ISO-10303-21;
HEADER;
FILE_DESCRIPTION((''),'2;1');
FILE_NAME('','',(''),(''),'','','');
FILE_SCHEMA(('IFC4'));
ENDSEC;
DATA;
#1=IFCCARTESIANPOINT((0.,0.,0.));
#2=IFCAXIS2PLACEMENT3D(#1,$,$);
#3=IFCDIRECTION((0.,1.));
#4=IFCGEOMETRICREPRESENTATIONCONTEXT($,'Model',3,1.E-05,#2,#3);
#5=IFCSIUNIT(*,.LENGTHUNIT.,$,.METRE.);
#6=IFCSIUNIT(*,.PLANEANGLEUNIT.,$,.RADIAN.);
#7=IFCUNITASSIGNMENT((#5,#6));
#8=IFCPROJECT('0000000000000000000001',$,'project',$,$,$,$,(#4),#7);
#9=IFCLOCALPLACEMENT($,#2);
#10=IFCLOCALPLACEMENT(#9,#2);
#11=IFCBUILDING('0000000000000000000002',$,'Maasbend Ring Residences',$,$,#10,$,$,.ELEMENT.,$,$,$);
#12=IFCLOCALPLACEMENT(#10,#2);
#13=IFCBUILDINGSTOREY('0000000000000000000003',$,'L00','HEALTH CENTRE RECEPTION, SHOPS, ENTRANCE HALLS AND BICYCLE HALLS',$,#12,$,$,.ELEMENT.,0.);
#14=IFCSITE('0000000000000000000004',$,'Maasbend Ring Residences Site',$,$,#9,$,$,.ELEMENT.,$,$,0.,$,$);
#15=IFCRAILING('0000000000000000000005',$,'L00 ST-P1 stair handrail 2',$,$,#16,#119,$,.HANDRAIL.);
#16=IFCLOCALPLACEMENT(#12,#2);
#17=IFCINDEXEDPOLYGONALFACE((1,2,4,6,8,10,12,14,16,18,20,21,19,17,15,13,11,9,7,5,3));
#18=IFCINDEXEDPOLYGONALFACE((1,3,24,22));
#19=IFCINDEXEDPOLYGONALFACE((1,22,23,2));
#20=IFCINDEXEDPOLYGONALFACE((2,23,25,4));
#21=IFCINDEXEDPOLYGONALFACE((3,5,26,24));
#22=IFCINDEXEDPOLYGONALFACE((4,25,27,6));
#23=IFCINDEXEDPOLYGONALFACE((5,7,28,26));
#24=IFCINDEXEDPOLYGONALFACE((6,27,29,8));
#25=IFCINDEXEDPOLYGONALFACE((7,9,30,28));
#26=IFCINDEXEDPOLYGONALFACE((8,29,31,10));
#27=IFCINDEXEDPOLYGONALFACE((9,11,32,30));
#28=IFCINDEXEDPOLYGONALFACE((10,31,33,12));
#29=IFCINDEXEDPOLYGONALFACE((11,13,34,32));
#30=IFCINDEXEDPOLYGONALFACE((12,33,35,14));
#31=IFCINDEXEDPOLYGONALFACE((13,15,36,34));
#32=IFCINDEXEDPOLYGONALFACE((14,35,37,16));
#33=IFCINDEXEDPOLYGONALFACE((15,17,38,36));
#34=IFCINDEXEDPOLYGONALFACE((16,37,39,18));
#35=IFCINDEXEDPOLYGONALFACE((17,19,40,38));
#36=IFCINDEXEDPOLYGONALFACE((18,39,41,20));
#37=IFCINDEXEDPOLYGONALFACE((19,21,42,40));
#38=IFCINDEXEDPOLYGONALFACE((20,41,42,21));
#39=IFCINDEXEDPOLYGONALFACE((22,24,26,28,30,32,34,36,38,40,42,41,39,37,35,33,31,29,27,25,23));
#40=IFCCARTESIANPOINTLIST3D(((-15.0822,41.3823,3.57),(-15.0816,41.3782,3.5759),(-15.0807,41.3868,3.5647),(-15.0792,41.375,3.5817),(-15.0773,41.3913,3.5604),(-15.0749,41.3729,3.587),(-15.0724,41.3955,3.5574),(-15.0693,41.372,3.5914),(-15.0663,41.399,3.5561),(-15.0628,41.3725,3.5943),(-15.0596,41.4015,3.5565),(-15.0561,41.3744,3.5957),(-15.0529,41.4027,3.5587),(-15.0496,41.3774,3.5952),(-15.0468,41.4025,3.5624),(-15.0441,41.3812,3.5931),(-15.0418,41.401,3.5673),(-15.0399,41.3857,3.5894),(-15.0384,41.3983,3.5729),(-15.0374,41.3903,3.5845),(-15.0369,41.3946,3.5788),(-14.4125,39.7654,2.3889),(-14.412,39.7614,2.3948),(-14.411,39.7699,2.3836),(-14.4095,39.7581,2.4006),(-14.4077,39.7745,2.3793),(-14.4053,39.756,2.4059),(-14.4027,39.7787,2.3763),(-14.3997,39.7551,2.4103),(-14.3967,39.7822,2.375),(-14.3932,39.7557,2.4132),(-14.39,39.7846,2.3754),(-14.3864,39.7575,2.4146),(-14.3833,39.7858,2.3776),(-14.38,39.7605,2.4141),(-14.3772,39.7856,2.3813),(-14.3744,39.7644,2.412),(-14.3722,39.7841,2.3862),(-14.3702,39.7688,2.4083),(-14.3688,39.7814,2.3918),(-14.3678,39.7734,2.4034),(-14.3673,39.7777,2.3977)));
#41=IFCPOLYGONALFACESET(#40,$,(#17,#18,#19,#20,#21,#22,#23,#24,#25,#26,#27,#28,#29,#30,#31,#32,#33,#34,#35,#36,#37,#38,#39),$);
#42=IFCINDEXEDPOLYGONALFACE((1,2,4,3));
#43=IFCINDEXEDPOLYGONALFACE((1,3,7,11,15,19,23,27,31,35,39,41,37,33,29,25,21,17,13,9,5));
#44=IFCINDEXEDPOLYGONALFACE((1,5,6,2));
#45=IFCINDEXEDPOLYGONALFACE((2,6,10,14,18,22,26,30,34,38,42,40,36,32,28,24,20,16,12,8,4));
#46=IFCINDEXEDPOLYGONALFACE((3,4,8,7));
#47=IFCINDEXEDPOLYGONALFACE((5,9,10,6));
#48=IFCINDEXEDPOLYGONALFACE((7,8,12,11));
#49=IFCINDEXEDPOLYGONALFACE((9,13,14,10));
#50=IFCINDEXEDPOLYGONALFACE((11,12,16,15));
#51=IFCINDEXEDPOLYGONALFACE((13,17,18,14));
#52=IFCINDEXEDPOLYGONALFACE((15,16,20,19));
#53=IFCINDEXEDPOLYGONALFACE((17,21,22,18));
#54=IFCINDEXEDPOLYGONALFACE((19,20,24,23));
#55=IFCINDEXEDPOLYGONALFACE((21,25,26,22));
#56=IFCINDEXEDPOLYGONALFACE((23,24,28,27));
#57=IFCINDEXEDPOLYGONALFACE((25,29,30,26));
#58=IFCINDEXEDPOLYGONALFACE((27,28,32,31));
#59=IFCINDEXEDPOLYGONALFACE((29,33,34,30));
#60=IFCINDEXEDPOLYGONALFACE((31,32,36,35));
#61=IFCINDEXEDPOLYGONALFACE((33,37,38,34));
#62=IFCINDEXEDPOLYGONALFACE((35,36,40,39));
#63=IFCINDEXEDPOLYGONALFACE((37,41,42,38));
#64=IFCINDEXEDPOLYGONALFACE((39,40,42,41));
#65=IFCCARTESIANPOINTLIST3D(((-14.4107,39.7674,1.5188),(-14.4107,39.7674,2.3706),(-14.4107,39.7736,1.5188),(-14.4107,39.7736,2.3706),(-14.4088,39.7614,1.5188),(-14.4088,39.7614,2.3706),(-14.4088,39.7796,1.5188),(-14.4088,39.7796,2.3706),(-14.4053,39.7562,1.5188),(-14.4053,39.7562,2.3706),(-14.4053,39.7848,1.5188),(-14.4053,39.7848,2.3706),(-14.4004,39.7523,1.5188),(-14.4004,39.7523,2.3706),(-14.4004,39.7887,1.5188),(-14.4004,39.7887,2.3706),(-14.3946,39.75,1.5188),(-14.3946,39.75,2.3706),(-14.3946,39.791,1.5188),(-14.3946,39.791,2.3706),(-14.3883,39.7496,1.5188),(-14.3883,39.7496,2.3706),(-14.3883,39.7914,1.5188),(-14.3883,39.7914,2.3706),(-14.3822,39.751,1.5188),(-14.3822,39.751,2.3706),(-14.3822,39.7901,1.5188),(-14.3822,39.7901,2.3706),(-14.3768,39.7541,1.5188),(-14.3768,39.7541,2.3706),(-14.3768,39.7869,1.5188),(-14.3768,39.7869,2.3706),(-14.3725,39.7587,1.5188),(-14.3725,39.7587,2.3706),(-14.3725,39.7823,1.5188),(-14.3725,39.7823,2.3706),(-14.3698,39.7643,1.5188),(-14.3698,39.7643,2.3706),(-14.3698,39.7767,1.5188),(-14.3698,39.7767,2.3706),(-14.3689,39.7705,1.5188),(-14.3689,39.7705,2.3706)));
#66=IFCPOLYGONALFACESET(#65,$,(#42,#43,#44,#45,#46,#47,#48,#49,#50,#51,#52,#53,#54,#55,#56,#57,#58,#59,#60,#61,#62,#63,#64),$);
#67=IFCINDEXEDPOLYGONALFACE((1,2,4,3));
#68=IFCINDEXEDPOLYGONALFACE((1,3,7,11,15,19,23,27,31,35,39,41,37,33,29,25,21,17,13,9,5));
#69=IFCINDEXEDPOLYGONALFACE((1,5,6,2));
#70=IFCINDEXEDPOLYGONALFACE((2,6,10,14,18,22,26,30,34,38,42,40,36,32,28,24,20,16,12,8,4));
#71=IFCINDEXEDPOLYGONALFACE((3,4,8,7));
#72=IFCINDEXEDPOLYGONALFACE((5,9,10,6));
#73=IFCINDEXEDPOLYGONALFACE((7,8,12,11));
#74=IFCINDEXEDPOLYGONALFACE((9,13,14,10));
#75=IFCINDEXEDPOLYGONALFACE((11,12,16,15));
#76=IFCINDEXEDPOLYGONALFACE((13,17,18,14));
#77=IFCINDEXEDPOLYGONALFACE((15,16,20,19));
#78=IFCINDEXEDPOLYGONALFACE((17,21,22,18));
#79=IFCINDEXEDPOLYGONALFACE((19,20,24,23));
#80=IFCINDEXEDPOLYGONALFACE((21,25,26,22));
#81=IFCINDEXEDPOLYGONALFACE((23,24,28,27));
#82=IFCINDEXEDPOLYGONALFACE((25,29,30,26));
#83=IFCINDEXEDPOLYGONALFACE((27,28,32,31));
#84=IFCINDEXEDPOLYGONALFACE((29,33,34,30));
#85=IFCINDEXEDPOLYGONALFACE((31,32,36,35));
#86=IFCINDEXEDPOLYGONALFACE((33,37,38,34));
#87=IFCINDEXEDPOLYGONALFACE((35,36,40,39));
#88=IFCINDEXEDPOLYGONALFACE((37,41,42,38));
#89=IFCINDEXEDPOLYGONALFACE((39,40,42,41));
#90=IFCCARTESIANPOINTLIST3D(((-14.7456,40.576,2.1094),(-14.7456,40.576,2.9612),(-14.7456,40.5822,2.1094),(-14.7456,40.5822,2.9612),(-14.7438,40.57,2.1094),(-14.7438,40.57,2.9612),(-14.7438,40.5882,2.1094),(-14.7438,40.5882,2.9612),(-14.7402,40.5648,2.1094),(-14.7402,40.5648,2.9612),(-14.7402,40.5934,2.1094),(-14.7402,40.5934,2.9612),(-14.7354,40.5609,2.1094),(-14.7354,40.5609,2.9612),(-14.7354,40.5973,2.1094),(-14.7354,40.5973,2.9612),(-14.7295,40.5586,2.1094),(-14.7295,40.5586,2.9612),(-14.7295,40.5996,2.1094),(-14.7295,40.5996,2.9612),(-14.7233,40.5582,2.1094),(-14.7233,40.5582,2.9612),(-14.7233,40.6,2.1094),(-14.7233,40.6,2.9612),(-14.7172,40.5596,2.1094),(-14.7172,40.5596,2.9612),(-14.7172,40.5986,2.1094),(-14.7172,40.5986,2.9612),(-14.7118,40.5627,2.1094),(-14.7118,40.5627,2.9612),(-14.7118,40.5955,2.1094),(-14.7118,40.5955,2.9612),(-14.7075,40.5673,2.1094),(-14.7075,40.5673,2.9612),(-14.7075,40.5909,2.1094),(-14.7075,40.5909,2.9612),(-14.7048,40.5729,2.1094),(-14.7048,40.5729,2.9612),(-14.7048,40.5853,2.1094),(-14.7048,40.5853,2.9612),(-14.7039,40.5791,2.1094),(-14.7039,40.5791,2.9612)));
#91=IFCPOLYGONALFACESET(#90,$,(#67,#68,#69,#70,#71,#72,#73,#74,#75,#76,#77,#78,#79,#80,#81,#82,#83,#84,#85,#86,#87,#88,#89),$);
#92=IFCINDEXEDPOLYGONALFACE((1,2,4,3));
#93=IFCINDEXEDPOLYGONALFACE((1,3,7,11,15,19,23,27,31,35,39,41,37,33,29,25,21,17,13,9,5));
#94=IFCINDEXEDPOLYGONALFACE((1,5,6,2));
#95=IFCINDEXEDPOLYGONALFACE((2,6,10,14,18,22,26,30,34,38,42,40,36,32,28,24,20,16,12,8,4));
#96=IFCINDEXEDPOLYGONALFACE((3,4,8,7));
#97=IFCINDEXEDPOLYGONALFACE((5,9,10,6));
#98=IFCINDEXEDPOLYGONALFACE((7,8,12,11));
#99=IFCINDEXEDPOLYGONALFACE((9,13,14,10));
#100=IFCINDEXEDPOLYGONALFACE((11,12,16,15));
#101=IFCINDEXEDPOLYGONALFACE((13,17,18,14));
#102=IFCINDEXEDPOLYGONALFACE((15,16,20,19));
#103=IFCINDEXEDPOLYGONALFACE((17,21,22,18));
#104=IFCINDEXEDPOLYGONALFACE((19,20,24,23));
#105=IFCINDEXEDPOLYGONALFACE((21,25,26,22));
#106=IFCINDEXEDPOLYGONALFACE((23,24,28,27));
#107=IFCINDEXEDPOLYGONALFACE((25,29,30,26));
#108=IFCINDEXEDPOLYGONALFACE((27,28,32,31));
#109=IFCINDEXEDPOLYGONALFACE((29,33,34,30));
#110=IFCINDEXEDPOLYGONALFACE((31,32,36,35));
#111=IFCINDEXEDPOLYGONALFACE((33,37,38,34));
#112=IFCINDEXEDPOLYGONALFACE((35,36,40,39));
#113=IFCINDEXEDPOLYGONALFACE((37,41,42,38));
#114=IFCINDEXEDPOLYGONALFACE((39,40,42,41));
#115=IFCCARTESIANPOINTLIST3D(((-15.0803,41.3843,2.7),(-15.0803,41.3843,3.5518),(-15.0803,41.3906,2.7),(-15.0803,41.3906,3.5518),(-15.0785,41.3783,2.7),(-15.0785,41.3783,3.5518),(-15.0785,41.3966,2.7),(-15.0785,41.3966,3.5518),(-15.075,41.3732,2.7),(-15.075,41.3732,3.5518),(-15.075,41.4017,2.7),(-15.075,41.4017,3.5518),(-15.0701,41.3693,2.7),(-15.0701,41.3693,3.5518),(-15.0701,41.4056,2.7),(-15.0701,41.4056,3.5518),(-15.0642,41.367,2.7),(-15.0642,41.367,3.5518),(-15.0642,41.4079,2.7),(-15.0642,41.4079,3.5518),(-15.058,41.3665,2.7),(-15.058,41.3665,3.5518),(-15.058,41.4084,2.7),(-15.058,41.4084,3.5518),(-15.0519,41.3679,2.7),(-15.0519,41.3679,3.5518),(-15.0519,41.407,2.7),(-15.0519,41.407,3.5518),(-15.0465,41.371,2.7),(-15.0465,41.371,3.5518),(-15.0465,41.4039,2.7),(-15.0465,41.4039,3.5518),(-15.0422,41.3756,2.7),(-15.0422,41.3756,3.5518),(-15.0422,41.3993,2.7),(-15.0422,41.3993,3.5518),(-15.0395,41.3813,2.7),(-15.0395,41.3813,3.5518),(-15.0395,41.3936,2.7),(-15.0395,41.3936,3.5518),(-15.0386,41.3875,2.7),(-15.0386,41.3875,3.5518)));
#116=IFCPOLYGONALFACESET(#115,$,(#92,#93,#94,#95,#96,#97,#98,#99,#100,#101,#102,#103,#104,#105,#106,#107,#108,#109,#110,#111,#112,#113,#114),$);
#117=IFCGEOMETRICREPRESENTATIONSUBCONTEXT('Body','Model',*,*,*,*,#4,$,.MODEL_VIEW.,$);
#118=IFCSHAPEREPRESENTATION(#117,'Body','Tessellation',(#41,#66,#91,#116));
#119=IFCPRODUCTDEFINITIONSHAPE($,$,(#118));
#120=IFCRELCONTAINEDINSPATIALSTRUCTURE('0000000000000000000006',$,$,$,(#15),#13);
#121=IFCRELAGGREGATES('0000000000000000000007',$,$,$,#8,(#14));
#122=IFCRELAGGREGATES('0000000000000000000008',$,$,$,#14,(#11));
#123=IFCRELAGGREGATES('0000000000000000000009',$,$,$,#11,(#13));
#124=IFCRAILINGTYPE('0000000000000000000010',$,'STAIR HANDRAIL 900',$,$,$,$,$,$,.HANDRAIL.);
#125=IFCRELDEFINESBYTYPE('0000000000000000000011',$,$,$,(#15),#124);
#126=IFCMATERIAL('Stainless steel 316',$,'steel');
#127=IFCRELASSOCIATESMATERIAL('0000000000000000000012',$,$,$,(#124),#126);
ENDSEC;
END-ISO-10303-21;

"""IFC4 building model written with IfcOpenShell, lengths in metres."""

from ifc_helpers import new_model, si_unit, direction, frame, origin, origin_2d, place, context, subcontext, project, spatial, circle, extrude, material, type_object, element, save


model = new_model("IFC4")

# Units and contexts
model_context = context("Model", 3, precision=1e-05, world=origin(), true_north=direction((0.0, 1.0)))
body_context = subcontext(model_context, "Body", "Model", "MODEL_VIEW")
ifc_project = project(units=[si_unit("LENGTHUNIT", "METRE"), si_unit("PLANEANGLEUNIT", "RADIAN")], contexts=[model_context])

# Site, building, storey
site_placement = place(None, origin())
site = spatial("IfcSite", under=ifc_project, at=site_placement, Name="Maasbend Ring Residences Site", CompositionType="ELEMENT", RefElevation=0.0)
building_placement = place(site_placement, origin())
building = spatial("IfcBuilding", under=site, at=building_placement, Name="Maasbend Ring Residences", CompositionType="ELEMENT")
storey_placement = place(building_placement, origin())
storey = spatial("IfcBuildingStorey", under=building, at=storey_placement, Name="L00", Description="HEALTH CENTRE RECEPTION, SHOPS, ENTRANCE HALLS AND BICYCLE HALLS", CompositionType="ELEMENT", Elevation=0.0)

# Railing
ifc_material_1 = material(Name="Stainless steel 316", Category="steel")
railing_type_1 = type_object("IfcRailingType", Name="STAIR HANDRAIL 900", PredefinedType="HANDRAIL", material=ifc_material_1)
railing_1_placement = place(storey_placement, frame((-14.3899, 39.7705, 1.5188)))
element("IfcRailing", 1, at=railing_1_placement, inside=storey, type_object=railing_type_1, Name="L00 ST-P1 stair handrail 2", PredefinedType="HANDRAIL", context=body_context, shape_type="SweptSolid", body=[
    extrude(circle(Radius=0.0239, at=origin_2d()), frame((0.0, 0.0, 0.876), z_axis=(-0.317169, 0.765808, 0.559411), x_axis=(-0.923896, -0.382643, 0.0)), (0.0, 0.0, 1.0), 2.1113),
    extrude(circle(Radius=0.021, at=origin_2d()), origin(), (0.0, 0.0, 1.0), 0.8518),
    extrude(circle(Radius=0.021, at=origin_2d()), frame((-0.335, 0.8086, 0.5906)), (0.0, 0.0, 1.0), 0.8518),
    extrude(circle(Radius=0.021, at=origin_2d()), frame((-0.6697, 1.6169, 1.1812)), (0.0, 0.0, 1.0), 0.8518),
])

save(model, "model.ifc")
